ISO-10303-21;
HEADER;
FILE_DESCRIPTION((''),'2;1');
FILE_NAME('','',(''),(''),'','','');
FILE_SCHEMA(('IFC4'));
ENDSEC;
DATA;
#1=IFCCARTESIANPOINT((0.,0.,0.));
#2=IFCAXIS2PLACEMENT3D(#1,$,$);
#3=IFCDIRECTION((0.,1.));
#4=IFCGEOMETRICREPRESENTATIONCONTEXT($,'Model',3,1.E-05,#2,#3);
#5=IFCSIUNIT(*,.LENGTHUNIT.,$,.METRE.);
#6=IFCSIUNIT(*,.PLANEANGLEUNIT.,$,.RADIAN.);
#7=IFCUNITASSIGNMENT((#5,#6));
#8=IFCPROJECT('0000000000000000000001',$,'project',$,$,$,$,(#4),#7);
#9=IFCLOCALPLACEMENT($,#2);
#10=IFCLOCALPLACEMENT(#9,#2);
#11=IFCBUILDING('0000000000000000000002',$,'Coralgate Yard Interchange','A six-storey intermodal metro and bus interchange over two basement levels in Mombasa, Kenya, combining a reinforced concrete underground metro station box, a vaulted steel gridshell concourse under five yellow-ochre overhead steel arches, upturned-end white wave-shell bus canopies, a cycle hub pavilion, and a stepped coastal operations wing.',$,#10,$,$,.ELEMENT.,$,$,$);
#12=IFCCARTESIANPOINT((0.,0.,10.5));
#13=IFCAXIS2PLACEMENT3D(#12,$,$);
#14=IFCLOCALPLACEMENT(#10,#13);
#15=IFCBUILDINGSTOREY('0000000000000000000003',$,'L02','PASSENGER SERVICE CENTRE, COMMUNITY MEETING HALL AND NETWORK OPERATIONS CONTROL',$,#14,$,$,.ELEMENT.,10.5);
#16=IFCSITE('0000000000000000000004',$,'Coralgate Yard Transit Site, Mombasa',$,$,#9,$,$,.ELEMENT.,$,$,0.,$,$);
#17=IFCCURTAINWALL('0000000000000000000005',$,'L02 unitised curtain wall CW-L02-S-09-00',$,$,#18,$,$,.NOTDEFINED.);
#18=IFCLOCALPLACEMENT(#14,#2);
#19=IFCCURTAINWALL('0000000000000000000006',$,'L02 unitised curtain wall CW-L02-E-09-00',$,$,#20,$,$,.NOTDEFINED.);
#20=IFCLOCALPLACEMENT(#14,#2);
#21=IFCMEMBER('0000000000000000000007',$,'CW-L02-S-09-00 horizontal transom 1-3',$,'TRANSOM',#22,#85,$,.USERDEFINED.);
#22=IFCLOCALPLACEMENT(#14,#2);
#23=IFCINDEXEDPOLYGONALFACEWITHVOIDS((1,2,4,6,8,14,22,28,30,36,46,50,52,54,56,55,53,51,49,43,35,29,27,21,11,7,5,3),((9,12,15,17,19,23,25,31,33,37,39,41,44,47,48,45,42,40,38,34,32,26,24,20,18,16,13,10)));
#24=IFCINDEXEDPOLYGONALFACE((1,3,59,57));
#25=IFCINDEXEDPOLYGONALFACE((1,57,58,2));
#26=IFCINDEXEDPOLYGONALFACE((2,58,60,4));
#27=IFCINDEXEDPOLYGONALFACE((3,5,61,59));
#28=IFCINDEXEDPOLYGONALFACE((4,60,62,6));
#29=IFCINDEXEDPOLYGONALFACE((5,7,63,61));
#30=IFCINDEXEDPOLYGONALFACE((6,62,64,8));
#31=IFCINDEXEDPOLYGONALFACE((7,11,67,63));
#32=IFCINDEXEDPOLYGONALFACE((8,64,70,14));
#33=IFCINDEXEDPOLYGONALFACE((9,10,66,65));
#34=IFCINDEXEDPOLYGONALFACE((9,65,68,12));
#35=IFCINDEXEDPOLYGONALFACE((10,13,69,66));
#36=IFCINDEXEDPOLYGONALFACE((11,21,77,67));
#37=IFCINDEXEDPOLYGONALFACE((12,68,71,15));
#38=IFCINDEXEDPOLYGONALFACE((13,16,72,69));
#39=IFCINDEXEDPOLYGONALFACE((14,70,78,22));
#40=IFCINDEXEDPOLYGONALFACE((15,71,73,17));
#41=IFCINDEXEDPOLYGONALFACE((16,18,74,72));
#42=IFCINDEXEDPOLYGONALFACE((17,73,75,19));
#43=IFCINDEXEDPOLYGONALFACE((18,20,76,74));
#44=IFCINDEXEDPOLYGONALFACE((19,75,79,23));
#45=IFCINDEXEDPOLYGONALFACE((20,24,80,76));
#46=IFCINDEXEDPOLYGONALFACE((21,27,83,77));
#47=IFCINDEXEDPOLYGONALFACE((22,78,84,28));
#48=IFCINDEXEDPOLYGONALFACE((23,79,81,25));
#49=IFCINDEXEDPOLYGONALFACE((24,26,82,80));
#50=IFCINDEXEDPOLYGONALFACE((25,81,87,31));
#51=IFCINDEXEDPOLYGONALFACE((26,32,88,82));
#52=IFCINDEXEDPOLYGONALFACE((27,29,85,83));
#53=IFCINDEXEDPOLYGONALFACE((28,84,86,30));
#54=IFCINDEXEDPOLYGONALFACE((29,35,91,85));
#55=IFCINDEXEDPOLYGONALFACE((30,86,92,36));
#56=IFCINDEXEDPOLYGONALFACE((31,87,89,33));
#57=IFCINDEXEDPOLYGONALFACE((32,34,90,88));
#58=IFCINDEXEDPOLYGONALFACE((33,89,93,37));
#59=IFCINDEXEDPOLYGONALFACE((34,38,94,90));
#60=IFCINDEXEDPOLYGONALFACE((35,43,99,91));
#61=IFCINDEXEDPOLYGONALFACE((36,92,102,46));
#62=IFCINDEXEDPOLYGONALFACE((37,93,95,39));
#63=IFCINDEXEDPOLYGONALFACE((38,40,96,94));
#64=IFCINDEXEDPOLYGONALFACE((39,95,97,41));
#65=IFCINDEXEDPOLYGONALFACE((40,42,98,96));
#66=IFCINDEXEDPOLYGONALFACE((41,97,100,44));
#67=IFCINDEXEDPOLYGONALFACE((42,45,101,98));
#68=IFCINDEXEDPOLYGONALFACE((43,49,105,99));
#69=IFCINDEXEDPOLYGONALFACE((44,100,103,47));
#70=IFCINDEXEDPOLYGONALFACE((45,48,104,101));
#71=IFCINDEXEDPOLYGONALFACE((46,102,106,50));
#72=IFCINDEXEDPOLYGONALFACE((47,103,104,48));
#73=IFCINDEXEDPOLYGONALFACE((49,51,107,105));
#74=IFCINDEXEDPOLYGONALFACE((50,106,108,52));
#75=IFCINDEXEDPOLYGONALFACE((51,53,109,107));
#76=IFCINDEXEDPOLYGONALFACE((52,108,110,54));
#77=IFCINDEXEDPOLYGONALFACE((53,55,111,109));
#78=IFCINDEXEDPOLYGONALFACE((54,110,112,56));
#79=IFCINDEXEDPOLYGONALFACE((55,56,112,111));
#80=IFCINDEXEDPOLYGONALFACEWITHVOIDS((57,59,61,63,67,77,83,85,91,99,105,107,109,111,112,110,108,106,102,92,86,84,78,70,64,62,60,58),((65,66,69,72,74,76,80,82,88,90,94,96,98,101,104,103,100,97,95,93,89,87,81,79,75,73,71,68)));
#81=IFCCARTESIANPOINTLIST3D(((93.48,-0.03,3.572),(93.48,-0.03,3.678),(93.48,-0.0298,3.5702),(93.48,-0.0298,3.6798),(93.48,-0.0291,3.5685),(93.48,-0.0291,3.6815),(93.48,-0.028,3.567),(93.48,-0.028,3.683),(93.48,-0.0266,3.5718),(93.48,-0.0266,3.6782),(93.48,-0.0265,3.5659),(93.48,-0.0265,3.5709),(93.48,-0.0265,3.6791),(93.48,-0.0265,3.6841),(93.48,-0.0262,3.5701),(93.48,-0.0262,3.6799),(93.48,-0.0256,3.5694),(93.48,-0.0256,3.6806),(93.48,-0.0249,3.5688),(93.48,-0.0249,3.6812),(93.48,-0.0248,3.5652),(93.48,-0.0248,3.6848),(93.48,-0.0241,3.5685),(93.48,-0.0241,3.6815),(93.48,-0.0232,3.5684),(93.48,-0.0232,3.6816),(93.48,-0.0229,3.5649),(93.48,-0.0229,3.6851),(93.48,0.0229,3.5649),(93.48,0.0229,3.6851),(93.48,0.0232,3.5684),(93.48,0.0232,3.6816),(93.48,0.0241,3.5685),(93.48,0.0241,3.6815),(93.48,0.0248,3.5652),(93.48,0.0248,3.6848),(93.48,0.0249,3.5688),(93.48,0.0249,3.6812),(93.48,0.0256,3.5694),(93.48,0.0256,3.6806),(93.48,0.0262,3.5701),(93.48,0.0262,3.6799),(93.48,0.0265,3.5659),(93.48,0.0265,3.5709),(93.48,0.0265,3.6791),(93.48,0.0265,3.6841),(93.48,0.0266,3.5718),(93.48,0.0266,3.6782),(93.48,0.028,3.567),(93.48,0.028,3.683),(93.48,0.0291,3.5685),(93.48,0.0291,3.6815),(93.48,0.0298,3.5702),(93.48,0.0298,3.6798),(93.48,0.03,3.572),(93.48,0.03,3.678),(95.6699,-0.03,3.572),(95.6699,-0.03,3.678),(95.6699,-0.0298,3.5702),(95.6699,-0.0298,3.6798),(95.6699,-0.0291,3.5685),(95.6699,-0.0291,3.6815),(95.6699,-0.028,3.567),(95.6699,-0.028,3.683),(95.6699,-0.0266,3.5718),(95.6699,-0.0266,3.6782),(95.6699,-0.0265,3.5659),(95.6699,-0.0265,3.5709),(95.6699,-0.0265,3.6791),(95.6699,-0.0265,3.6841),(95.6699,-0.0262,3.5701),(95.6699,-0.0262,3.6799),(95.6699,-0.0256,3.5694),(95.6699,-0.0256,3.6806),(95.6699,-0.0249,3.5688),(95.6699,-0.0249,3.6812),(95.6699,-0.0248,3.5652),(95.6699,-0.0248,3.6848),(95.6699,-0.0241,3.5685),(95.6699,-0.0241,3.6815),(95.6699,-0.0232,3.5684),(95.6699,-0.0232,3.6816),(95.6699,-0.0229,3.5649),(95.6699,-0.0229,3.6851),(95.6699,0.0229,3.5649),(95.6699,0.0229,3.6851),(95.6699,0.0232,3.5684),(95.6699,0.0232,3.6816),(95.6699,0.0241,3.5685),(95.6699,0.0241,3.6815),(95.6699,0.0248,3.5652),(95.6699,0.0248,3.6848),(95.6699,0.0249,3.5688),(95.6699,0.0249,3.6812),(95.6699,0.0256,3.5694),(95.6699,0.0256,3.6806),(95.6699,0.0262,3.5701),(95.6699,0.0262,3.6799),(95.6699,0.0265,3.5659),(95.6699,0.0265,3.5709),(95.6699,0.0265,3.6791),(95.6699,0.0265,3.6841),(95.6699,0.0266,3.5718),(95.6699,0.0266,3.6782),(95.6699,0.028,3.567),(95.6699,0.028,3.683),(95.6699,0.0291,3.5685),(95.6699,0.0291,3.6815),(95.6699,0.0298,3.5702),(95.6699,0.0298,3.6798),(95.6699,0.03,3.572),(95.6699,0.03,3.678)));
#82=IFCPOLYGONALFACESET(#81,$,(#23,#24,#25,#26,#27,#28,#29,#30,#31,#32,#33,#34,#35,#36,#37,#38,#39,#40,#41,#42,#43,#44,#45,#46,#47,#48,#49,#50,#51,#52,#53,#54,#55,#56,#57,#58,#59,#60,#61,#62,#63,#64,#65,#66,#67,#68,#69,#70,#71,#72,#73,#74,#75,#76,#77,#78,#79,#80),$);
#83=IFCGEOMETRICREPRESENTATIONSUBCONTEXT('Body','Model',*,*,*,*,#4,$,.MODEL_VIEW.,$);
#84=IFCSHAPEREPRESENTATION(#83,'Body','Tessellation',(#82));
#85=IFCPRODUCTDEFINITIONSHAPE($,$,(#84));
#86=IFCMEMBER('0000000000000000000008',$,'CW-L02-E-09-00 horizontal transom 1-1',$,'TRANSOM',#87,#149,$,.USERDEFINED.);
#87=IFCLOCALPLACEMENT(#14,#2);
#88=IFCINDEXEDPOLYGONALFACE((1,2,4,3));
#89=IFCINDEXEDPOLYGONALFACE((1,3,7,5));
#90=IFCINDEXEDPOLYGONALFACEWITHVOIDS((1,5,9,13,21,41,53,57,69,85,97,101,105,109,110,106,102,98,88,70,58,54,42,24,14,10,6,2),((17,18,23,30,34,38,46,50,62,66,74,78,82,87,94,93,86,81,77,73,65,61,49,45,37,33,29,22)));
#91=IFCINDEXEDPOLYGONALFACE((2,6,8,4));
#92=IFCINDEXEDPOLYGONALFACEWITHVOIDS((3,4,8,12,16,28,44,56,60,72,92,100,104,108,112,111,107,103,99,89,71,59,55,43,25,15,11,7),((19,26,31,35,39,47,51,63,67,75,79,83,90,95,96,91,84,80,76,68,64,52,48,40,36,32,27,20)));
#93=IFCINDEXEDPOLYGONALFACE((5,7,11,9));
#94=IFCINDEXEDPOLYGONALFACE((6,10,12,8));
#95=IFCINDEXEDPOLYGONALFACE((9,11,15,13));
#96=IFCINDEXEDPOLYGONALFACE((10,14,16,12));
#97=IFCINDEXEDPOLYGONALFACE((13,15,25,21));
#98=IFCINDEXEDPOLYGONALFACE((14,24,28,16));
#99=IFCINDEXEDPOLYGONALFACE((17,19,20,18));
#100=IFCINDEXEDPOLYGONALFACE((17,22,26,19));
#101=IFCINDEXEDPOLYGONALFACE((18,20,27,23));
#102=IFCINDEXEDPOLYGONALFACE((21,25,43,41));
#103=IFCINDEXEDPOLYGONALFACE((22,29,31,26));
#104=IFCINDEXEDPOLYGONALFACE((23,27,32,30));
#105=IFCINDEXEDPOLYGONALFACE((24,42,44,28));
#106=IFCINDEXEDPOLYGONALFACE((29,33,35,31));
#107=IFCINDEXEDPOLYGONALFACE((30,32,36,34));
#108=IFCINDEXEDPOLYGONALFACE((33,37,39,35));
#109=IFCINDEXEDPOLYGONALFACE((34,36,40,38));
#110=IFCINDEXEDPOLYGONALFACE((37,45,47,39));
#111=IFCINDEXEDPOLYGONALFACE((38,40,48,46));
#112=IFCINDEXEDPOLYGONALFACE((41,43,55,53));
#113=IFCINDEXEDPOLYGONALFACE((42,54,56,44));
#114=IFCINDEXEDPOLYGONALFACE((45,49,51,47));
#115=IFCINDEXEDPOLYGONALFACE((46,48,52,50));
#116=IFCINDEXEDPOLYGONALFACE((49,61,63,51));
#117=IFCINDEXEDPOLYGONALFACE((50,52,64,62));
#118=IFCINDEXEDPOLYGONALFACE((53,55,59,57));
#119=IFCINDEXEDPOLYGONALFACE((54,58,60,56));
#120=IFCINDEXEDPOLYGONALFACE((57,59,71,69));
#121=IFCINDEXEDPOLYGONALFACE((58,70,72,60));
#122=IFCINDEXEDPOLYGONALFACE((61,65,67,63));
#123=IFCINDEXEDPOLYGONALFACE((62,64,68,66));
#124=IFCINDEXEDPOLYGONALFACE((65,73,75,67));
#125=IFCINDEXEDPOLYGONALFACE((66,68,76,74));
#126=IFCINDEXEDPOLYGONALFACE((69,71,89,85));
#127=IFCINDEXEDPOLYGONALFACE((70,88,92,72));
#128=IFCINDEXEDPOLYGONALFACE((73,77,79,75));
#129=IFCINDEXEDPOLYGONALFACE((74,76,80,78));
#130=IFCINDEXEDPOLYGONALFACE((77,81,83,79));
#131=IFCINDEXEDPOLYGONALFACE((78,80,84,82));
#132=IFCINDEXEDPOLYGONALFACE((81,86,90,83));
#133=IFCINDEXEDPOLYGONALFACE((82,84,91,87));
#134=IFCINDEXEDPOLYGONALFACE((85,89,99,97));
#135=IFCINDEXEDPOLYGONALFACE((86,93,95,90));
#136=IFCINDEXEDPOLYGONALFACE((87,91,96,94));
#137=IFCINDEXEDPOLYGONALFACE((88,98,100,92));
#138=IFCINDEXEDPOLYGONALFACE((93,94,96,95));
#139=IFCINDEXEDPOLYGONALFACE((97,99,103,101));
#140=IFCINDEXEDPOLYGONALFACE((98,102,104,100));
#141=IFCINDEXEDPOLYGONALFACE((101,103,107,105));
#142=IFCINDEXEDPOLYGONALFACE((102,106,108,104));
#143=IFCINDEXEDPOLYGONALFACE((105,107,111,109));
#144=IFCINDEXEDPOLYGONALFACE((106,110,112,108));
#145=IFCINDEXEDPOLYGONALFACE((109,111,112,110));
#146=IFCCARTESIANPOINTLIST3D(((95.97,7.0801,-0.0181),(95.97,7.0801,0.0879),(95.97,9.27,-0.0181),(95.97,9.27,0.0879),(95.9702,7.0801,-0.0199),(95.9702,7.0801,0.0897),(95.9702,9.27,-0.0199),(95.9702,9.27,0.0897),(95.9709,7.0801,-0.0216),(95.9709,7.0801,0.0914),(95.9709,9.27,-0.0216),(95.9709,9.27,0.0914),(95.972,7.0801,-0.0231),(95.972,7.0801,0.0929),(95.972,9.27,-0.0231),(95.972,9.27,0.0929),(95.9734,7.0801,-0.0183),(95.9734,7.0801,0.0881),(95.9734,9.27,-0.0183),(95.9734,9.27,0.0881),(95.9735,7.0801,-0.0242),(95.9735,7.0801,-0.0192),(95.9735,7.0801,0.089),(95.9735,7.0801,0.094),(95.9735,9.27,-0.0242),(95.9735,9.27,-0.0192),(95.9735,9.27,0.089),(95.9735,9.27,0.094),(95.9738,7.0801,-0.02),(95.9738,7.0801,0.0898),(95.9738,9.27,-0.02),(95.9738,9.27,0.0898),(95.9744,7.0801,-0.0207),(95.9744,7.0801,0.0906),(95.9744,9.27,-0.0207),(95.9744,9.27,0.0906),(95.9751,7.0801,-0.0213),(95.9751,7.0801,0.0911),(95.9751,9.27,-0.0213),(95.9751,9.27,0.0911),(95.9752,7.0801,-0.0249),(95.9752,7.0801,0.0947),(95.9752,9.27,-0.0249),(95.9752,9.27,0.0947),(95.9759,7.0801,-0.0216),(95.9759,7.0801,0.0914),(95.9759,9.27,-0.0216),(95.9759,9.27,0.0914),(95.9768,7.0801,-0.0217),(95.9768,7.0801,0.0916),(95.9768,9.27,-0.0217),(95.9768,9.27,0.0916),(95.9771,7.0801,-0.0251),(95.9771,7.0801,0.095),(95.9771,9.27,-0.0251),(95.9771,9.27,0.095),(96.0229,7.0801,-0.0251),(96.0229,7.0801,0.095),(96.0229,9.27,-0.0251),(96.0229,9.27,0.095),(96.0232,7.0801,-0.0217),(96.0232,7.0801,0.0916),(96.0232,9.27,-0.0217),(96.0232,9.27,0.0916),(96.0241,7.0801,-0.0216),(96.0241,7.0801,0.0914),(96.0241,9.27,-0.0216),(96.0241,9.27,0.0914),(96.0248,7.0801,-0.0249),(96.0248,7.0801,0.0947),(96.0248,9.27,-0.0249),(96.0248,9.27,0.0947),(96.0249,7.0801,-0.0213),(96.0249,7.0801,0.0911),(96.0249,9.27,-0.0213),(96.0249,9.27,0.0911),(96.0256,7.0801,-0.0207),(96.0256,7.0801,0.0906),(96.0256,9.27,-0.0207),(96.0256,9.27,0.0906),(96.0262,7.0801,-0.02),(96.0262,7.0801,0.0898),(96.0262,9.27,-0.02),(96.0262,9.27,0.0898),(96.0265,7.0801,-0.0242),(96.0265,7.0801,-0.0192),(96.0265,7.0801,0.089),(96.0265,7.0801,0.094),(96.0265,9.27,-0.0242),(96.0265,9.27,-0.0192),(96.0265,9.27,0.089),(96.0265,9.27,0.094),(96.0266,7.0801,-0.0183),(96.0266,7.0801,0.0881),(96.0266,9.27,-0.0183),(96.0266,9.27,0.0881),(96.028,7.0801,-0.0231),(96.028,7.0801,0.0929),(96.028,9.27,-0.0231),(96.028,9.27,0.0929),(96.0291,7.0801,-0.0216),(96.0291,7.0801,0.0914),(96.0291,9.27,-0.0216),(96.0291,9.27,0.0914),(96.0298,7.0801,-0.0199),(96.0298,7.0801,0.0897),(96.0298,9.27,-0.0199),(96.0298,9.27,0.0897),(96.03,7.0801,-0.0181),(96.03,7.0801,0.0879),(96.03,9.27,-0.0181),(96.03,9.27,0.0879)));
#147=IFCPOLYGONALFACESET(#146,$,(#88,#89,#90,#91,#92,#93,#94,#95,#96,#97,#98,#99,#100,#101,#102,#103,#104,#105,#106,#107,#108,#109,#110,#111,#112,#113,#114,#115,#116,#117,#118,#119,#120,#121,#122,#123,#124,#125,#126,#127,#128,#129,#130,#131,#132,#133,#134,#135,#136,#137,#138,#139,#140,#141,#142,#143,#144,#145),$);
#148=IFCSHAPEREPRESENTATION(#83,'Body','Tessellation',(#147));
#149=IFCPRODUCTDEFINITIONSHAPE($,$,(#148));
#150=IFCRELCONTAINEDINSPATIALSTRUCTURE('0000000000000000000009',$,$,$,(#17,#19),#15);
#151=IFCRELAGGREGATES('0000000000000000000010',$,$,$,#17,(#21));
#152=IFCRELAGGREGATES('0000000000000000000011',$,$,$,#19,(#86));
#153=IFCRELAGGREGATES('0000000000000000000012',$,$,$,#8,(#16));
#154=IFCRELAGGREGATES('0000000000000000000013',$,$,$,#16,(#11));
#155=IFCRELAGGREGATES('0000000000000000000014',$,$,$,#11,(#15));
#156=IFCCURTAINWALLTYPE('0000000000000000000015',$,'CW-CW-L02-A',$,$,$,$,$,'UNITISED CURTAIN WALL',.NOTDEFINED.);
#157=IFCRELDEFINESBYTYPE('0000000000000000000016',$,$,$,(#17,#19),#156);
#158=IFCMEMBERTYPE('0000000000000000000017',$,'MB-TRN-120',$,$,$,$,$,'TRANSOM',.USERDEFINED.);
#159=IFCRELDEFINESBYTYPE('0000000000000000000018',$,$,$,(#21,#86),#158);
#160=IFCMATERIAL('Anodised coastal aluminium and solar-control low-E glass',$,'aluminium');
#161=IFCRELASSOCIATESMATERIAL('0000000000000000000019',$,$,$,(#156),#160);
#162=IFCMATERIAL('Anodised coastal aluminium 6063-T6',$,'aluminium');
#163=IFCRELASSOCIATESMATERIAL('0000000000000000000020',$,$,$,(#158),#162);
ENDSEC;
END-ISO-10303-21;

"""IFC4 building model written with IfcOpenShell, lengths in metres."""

from ifc_helpers import new_model, si_unit, direction, frame, origin, origin_2d, place, context, subcontext, project, spatial, hollow_rectangle, extrude, material, material_profile, profile_set, type_object, element, aggregate, save


model = new_model("IFC4")

# Units and contexts
model_context = context("Model", 3, precision=1e-05, world=origin(), true_north=direction((0.0, 1.0)))
body_context = subcontext(model_context, "Body", "Model", "MODEL_VIEW")
ifc_project = project(units=[si_unit("LENGTHUNIT", "METRE"), si_unit("PLANEANGLEUNIT", "RADIAN")], contexts=[model_context])

# Site, building, storey
site_placement = place(None, origin())
site = spatial("IfcSite", under=ifc_project, at=site_placement, Name="Coralgate Yard Transit Site, Mombasa", CompositionType="ELEMENT", RefElevation=0.0)
building_placement = place(site_placement, origin())
building = spatial("IfcBuilding", under=site, at=building_placement, Name="Coralgate Yard Interchange", Description="A six-storey intermodal metro and bus interchange over two basement levels in Mombasa, Kenya, combining a reinforced concrete underground metro station box, a vaulted steel gridshell concourse under five yellow-ochre overhead steel arches, upturned-end white wave-shell bus canopies, a cycle hub pavilion, and a stepped coastal operations wing.", CompositionType="ELEMENT")
storey_placement = place(building_placement, frame((0.0, 0.0, 10.5)))
storey = spatial("IfcBuildingStorey", under=building, at=storey_placement, Name="L02", Description="PASSENGER SERVICE CENTRE, COMMUNITY MEETING HALL AND NETWORK OPERATIONS CONTROL", CompositionType="ELEMENT", Elevation=10.5)

# Curtain wall
ifc_material_1 = material(Name="Anodised coastal aluminium and solar-control low-E glass", Category="aluminium")
curtain_wall_type = type_object("IfcCurtainWallType", Name="CW-CW-L02-A", ElementType="UNITISED CURTAIN WALL", PredefinedType="NOTDEFINED", material=ifc_material_1)
curtain_wall_1_placement = place(storey_placement, origin())
curtain_wall_1 = element("IfcCurtainWall", 1, at=curtain_wall_1_placement, inside=storey, type_object=curtain_wall_type, Name="L02 unitised curtain wall CW-L02-S-09-00", PredefinedType="NOTDEFINED")
ifc_material_2 = material(Name="Anodised coastal aluminium 6063-T6", Category="aluminium")

# Curtain wall
curtain_wall_2_placement = place(storey_placement, origin())
curtain_wall_2 = element("IfcCurtainWall", 2, at=curtain_wall_2_placement, inside=storey, type_object=curtain_wall_type, Name="L02 unitised curtain wall CW-L02-E-09-00", PredefinedType="NOTDEFINED")

# Members
ifc_material_profile_1 = material_profile(ifc_material_2, hollow_rectangle(XDim=0.0601, YDim=0.1201, WallThickness=0.0034, InnerFilletRadius=0.0034, OuterFilletRadius=0.0071, at=origin_2d()), Name="ALU 60x120x3.5")
ifc_profile_set_1 = profile_set([ifc_material_profile_1], Name="Anodised coastal aluminium 6063-T6")
member_type_1 = type_object("IfcMemberType", Name="MB-TRN-120", ElementType="TRANSOM", PredefinedType="USERDEFINED", material=ifc_profile_set_1)
member_1_placement = place(storey_placement, frame((95.6699, 0.0, 3.625), z_axis=(-1.0, 0.0, 0.0), x_axis=(0.0, -1.0, 0.0)))
member_1 = element("IfcMember", 3, at=member_1_placement, type_object=member_type_1, Name="CW-L02-S-09-00 horizontal transom 1-3", ObjectType="TRANSOM", PredefinedType="USERDEFINED", context=body_context, shape_type="SweptSolid", body=[
    extrude(hollow_rectangle(XDim=0.0601, YDim=0.1201, WallThickness=0.0034, InnerFilletRadius=0.0034, OuterFilletRadius=0.0071, at=origin_2d()), origin(), (0.0, 0.0, 1.0), 2.1899),
])
aggregate(curtain_wall_1, [member_1])
member_2_placement = place(storey_placement, frame((96.0, 9.27, 0.0349), z_axis=(0.0, -1.0, 0.0), x_axis=(1.0, 0.0, 0.0)))
member_2 = element("IfcMember", 4, at=member_2_placement, type_object=member_type_1, Name="CW-L02-E-09-00 horizontal transom 1-1", ObjectType="TRANSOM", PredefinedType="USERDEFINED", context=body_context, shape_type="SweptSolid", body=[
    extrude(hollow_rectangle(XDim=0.0601, YDim=0.1201, WallThickness=0.0034, InnerFilletRadius=0.0034, OuterFilletRadius=0.0071, at=origin_2d()), origin(), (0.0, 0.0, 1.0), 2.1899),
])

aggregate(curtain_wall_2, [member_2])

save(model, "model.ifc")
